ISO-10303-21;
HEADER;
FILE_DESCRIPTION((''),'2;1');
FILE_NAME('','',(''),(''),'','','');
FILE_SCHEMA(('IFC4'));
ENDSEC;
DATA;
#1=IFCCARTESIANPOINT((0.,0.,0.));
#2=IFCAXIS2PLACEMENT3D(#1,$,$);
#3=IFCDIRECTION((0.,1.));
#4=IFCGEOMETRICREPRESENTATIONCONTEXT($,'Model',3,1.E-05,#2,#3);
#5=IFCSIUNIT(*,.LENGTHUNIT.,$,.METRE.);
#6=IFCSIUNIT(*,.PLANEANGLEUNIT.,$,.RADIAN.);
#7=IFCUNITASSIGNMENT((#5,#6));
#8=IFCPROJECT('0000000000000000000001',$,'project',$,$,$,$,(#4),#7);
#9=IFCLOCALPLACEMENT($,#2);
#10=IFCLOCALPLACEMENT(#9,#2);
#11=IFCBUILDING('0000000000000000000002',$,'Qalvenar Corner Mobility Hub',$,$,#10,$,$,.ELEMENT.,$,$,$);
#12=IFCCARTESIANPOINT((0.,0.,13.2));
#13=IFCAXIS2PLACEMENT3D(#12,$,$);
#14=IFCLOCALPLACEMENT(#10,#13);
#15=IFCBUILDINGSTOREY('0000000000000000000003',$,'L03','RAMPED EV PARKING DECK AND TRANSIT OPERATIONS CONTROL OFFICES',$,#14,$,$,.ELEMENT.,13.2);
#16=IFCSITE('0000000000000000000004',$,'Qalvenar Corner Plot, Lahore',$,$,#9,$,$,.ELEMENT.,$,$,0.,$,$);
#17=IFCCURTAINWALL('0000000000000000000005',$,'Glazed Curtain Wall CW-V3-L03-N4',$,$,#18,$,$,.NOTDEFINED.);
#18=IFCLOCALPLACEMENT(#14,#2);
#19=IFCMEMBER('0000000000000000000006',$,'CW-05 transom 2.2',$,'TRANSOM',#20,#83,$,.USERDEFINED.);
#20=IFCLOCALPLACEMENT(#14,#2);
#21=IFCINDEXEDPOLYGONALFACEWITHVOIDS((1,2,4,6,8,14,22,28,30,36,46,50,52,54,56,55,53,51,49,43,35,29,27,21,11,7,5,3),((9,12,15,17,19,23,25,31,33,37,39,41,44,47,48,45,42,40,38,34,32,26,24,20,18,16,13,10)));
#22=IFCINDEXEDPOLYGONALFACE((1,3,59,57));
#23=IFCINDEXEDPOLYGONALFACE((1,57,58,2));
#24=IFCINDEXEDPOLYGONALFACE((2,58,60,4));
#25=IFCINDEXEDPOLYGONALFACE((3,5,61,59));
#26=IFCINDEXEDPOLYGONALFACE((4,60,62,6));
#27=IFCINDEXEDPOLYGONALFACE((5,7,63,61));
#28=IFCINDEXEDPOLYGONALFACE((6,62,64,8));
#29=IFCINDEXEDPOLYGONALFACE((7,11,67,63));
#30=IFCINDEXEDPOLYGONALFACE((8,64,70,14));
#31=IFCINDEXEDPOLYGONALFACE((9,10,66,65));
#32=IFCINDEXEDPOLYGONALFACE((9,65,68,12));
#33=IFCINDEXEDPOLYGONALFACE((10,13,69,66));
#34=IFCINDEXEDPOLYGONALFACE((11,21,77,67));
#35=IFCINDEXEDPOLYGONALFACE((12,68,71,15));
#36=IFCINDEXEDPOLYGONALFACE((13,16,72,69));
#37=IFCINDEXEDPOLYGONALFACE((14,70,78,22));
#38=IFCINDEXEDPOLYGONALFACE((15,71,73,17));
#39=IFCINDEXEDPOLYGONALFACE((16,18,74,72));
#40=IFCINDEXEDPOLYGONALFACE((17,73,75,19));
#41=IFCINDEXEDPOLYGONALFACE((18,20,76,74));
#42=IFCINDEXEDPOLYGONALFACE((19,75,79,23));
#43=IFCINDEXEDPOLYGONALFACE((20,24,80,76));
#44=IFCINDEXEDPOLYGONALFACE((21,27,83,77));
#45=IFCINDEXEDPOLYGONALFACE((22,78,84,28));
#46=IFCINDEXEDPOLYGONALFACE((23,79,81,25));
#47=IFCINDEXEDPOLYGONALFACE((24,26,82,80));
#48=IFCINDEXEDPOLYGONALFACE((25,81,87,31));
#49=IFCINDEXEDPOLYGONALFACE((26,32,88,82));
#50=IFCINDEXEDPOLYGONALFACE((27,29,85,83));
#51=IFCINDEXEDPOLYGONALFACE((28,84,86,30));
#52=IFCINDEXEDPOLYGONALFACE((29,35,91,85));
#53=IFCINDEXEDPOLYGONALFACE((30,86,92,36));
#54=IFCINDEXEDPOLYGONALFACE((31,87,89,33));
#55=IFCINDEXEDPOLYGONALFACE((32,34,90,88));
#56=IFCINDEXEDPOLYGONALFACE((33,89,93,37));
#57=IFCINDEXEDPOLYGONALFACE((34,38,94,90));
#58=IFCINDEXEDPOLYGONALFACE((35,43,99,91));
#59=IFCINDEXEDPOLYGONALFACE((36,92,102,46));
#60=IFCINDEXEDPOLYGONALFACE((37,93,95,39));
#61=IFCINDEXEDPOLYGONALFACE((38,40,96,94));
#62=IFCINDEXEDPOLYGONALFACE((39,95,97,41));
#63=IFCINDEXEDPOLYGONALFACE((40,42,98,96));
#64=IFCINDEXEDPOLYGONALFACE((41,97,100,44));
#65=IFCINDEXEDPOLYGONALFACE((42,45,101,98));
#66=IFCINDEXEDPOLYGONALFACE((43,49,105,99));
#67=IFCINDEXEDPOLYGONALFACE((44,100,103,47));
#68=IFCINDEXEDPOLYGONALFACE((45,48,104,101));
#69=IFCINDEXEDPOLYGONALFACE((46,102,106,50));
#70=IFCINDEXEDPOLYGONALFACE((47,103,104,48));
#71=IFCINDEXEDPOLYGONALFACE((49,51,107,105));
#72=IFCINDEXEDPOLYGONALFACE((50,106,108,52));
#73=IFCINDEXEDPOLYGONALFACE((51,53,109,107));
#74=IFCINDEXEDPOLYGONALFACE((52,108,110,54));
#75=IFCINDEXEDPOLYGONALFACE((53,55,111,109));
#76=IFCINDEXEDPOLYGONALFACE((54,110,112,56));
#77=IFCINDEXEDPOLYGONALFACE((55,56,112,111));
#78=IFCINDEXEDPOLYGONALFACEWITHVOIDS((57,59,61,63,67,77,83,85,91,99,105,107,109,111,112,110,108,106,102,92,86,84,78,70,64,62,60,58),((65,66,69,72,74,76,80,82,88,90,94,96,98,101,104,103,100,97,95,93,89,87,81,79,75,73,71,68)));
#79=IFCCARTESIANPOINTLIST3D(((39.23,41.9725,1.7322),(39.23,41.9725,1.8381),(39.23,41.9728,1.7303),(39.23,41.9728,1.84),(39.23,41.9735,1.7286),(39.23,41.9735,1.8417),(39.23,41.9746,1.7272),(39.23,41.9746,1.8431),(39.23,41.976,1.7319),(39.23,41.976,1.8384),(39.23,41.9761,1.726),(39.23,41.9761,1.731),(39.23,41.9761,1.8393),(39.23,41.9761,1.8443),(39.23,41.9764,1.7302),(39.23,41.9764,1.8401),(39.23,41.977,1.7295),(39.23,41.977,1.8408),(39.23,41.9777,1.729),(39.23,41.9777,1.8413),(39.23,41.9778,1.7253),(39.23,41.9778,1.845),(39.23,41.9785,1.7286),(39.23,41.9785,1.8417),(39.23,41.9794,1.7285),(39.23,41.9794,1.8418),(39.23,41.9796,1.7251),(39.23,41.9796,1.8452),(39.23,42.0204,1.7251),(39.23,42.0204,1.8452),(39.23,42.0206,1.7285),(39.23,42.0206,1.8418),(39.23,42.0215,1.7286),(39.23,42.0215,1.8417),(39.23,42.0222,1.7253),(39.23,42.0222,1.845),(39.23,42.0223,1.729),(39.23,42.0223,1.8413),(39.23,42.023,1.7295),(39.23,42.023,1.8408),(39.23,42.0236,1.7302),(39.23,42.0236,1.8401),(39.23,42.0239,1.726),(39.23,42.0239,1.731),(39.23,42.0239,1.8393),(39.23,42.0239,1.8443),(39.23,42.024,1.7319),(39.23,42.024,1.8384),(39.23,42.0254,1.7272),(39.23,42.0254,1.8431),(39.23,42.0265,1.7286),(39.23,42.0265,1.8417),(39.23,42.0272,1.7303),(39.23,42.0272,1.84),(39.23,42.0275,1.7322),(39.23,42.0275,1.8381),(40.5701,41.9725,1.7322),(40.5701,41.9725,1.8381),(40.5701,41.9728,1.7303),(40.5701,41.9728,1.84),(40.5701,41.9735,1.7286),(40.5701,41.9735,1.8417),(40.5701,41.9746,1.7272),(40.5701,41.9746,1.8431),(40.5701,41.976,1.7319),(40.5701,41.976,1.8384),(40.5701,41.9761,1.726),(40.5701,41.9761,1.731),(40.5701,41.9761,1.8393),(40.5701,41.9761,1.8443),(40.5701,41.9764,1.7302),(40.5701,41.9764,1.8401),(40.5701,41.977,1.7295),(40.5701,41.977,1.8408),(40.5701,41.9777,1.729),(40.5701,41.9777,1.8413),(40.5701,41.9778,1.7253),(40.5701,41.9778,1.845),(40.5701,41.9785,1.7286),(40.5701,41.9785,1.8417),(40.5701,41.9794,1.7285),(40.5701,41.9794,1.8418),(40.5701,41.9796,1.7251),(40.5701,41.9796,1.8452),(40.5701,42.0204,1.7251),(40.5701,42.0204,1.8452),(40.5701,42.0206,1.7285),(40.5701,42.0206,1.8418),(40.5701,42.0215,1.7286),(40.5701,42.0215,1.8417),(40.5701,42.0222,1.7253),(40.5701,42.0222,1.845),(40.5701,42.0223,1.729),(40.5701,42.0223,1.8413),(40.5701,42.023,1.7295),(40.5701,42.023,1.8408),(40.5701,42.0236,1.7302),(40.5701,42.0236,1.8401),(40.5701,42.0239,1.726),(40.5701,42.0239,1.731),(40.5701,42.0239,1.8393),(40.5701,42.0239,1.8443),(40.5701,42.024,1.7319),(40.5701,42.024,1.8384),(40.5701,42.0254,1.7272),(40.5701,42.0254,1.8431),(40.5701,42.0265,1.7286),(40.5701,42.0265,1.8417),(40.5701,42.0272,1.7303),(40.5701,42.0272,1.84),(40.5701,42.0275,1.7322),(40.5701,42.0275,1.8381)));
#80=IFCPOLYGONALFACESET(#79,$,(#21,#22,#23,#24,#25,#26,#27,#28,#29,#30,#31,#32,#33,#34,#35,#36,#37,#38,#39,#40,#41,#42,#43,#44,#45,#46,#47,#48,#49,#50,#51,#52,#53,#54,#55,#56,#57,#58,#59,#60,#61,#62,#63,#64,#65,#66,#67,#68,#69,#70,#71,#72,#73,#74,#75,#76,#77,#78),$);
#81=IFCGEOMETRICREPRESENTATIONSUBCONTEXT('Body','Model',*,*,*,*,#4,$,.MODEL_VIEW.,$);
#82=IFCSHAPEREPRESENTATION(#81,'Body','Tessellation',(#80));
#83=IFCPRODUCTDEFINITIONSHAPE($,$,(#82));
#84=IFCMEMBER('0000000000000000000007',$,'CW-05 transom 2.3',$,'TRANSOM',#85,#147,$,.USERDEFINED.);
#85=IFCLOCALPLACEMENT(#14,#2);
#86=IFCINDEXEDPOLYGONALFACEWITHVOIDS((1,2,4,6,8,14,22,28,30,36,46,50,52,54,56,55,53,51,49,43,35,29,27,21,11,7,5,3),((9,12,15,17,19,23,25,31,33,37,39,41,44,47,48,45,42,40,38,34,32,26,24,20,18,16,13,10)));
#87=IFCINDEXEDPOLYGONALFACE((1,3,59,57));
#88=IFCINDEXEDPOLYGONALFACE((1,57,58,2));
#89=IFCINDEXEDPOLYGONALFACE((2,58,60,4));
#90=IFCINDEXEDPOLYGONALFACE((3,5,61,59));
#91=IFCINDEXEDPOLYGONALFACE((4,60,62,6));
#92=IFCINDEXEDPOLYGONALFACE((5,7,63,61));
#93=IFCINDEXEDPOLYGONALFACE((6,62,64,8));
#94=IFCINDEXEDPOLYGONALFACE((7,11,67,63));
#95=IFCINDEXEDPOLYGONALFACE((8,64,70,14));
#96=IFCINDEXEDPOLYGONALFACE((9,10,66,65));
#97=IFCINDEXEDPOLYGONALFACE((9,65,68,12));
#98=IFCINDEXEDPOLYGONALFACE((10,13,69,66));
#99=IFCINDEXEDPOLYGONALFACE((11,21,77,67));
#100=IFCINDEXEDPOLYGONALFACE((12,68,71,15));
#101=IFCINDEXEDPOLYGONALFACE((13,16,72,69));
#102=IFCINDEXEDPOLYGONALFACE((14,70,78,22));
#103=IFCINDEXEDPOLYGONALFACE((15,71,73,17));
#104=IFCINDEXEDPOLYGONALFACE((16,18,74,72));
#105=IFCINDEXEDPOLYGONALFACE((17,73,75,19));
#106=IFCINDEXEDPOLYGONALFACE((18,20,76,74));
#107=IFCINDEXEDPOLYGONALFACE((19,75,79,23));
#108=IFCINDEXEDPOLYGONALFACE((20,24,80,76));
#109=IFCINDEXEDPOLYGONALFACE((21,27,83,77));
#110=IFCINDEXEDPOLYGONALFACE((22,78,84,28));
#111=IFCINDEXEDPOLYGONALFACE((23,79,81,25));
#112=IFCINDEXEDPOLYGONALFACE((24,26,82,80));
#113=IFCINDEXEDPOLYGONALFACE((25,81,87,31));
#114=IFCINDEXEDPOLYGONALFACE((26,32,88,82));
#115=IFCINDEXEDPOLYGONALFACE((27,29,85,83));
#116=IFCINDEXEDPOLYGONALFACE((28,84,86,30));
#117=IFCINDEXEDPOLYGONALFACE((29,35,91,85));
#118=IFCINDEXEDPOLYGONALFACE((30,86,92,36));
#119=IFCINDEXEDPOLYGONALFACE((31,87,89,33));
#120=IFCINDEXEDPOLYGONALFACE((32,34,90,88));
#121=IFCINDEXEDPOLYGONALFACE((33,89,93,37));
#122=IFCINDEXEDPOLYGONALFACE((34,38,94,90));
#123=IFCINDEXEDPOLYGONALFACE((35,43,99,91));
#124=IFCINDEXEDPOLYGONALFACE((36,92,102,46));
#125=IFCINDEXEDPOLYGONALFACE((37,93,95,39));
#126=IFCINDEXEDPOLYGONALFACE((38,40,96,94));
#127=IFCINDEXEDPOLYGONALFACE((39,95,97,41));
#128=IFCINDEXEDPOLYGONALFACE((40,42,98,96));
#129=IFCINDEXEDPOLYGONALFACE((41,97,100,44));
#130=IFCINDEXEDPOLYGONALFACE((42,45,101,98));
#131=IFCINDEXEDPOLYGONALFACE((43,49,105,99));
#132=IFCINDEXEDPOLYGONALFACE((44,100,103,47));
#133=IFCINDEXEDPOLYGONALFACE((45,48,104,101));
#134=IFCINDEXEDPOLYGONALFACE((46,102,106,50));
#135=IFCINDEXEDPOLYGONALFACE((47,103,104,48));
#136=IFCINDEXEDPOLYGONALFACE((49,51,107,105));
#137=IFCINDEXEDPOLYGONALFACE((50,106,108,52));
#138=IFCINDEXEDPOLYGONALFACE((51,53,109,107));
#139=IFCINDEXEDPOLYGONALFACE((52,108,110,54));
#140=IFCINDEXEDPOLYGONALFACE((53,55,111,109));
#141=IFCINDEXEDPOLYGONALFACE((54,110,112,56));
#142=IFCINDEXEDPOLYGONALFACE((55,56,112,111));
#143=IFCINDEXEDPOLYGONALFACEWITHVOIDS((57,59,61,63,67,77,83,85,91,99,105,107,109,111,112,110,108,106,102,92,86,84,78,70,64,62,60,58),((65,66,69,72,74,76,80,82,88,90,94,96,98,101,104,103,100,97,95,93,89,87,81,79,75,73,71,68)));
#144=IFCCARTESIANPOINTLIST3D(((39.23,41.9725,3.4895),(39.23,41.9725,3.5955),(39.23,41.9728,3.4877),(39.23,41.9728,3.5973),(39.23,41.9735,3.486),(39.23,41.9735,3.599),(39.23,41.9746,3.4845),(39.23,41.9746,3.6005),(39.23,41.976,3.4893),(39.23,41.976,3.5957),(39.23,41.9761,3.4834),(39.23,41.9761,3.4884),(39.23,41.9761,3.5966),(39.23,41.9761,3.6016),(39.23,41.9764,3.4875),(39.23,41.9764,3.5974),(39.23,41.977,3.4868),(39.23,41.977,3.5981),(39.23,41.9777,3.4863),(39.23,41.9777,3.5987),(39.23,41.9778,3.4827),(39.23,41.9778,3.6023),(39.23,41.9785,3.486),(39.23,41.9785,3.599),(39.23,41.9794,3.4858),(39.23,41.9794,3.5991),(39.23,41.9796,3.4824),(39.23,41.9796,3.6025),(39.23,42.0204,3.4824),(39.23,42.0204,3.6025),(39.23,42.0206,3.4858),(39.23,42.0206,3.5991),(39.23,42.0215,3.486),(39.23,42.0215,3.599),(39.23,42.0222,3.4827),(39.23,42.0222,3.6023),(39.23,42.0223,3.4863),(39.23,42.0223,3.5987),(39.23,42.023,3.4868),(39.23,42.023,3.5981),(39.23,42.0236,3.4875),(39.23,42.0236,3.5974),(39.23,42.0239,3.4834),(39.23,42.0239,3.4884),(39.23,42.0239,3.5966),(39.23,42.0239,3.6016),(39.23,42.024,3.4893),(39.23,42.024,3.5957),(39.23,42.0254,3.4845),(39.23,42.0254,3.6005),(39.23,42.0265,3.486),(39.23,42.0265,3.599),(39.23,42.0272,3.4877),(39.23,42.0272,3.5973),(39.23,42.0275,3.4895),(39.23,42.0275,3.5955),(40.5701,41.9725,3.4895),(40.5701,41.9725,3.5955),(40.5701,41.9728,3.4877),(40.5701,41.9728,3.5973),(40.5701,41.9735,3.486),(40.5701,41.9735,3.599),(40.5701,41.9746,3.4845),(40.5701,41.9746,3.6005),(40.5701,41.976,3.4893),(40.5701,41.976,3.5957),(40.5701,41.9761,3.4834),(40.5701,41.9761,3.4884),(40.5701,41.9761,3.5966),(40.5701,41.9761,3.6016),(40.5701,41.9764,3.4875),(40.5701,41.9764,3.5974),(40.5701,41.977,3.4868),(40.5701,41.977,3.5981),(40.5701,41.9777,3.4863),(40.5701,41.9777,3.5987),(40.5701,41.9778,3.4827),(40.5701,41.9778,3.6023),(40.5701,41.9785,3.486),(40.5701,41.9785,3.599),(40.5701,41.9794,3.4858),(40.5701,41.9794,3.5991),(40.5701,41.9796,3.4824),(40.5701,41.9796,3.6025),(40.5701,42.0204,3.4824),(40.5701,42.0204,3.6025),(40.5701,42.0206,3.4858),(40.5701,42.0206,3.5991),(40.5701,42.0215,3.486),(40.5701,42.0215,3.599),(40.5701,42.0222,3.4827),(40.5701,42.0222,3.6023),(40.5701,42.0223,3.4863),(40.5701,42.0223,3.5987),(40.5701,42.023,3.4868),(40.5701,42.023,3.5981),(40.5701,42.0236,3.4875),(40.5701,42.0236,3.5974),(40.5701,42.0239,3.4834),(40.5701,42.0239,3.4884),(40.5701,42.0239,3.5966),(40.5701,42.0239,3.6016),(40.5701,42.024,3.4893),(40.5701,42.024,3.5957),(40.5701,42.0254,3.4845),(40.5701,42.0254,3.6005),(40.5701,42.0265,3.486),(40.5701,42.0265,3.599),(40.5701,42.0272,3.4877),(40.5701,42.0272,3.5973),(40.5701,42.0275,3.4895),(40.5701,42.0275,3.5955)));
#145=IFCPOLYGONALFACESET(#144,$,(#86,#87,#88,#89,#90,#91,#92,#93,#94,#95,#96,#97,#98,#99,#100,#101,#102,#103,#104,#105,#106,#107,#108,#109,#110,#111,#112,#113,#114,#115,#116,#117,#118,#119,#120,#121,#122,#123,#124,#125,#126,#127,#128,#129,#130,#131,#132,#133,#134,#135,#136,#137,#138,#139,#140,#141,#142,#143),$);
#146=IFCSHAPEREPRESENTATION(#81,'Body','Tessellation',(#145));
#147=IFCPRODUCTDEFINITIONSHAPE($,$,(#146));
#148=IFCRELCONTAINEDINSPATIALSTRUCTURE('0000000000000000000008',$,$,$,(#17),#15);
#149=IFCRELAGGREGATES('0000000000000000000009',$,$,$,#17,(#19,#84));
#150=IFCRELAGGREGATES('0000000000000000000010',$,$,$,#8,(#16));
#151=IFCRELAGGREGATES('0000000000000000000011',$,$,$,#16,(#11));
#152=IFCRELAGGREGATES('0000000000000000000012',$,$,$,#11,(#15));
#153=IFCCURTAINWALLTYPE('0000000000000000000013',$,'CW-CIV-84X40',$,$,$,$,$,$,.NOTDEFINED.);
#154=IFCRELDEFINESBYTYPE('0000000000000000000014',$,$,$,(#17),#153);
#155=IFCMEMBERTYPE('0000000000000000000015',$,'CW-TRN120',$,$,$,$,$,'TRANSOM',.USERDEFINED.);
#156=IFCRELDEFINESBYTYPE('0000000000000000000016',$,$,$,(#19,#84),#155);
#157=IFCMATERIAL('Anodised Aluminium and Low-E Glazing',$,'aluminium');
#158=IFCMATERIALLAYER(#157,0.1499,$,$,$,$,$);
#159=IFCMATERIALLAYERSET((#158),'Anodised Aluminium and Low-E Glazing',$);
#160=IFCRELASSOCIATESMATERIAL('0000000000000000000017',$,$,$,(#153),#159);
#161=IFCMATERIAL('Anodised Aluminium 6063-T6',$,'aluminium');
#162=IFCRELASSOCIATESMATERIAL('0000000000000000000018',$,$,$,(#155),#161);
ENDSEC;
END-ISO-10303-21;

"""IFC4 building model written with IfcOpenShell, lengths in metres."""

from ifc_helpers import new_model, si_unit, direction, frame, origin, origin_2d, place, context, subcontext, project, spatial, hollow_rectangle, extrude, material, layer, layer_set, material_profile, profile_set, type_object, element, aggregate, save


model = new_model("IFC4")

# Units and contexts
model_context = context("Model", 3, precision=1e-05, world=origin(), true_north=direction((0.0, 1.0)))
body_context = subcontext(model_context, "Body", "Model", "MODEL_VIEW")
ifc_project = project(units=[si_unit("LENGTHUNIT", "METRE"), si_unit("PLANEANGLEUNIT", "RADIAN")], contexts=[model_context])

# Site, building, storey
site_placement = place(None, origin())
site = spatial("IfcSite", under=ifc_project, at=site_placement, Name="Qalvenar Corner Plot, Lahore", CompositionType="ELEMENT", RefElevation=0.0)
building_placement = place(site_placement, origin())
building = spatial("IfcBuilding", under=site, at=building_placement, Name="Qalvenar Corner Mobility Hub", CompositionType="ELEMENT")
storey_placement = place(building_placement, frame((0.0, 0.0, 13.2)))
storey = spatial("IfcBuildingStorey", under=building, at=storey_placement, Name="L03", Description="RAMPED EV PARKING DECK AND TRANSIT OPERATIONS CONTROL OFFICES", CompositionType="ELEMENT", Elevation=13.2)

# Curtain wall, members
ifc_material_1 = material(Name="Anodised Aluminium and Low-E Glazing", Category="aluminium")
ifc_layer_1 = layer(ifc_material_1, 0.1499)
ifc_layer_set_1 = layer_set([ifc_layer_1], Name="Anodised Aluminium and Low-E Glazing")
curtain_wall_type = type_object("IfcCurtainWallType", Name="CW-CIV-84X40", PredefinedType="NOTDEFINED", material=ifc_layer_set_1)
curtain_wall_placement = place(storey_placement, origin())
curtain_wall = element("IfcCurtainWall", 1, at=curtain_wall_placement, inside=storey, type_object=curtain_wall_type, Name="Glazed Curtain Wall CW-V3-L03-N4", PredefinedType="NOTDEFINED")
ifc_material_2 = material(Name="Anodised Aluminium 6063-T6", Category="aluminium")
ifc_material_profile_1 = material_profile(ifc_material_2, hollow_rectangle(XDim=0.0549, YDim=0.1201, WallThickness=0.0034, InnerFilletRadius=0.0034, OuterFilletRadius=0.0071, at=origin_2d()), Name="RHS120x55x3.5")
ifc_profile_set_1 = profile_set([ifc_material_profile_1], Name="Anodised Aluminium 6063-T6")
member_type_1 = type_object("IfcMemberType", Name="CW-TRN120", ElementType="TRANSOM", PredefinedType="USERDEFINED", material=ifc_profile_set_1)
member_1_placement = place(storey_placement, frame((40.5701, 42.0, 1.7852), z_axis=(-1.0, 0.0, 0.0), x_axis=(0.0, -1.0, 0.0)))
member_1 = element("IfcMember", 2, at=member_1_placement, type_object=member_type_1, Name="CW-05 transom 2.2", ObjectType="TRANSOM", PredefinedType="USERDEFINED", context=body_context, shape_type="SweptSolid", body=[
    extrude(hollow_rectangle(XDim=0.0549, YDim=0.1201, WallThickness=0.0034, InnerFilletRadius=0.0034, OuterFilletRadius=0.0071, at=origin_2d()), origin(), (0.0, 0.0, 1.0), 1.3401),
])
member_2_placement = place(storey_placement, frame((40.5701, 42.0, 3.5425), z_axis=(-1.0, 0.0, 0.0), x_axis=(0.0, -1.0, 0.0)))
member_2 = element("IfcMember", 3, at=member_2_placement, type_object=member_type_1, Name="CW-05 transom 2.3", ObjectType="TRANSOM", PredefinedType="USERDEFINED", context=body_context, shape_type="SweptSolid", body=[
    extrude(hollow_rectangle(XDim=0.0549, YDim=0.1201, WallThickness=0.0034, InnerFilletRadius=0.0034, OuterFilletRadius=0.0071, at=origin_2d()), origin(), (0.0, 0.0, 1.0), 1.3401),
])

aggregate(curtain_wall, [member_1, member_2])

save(model, "model.ifc")
